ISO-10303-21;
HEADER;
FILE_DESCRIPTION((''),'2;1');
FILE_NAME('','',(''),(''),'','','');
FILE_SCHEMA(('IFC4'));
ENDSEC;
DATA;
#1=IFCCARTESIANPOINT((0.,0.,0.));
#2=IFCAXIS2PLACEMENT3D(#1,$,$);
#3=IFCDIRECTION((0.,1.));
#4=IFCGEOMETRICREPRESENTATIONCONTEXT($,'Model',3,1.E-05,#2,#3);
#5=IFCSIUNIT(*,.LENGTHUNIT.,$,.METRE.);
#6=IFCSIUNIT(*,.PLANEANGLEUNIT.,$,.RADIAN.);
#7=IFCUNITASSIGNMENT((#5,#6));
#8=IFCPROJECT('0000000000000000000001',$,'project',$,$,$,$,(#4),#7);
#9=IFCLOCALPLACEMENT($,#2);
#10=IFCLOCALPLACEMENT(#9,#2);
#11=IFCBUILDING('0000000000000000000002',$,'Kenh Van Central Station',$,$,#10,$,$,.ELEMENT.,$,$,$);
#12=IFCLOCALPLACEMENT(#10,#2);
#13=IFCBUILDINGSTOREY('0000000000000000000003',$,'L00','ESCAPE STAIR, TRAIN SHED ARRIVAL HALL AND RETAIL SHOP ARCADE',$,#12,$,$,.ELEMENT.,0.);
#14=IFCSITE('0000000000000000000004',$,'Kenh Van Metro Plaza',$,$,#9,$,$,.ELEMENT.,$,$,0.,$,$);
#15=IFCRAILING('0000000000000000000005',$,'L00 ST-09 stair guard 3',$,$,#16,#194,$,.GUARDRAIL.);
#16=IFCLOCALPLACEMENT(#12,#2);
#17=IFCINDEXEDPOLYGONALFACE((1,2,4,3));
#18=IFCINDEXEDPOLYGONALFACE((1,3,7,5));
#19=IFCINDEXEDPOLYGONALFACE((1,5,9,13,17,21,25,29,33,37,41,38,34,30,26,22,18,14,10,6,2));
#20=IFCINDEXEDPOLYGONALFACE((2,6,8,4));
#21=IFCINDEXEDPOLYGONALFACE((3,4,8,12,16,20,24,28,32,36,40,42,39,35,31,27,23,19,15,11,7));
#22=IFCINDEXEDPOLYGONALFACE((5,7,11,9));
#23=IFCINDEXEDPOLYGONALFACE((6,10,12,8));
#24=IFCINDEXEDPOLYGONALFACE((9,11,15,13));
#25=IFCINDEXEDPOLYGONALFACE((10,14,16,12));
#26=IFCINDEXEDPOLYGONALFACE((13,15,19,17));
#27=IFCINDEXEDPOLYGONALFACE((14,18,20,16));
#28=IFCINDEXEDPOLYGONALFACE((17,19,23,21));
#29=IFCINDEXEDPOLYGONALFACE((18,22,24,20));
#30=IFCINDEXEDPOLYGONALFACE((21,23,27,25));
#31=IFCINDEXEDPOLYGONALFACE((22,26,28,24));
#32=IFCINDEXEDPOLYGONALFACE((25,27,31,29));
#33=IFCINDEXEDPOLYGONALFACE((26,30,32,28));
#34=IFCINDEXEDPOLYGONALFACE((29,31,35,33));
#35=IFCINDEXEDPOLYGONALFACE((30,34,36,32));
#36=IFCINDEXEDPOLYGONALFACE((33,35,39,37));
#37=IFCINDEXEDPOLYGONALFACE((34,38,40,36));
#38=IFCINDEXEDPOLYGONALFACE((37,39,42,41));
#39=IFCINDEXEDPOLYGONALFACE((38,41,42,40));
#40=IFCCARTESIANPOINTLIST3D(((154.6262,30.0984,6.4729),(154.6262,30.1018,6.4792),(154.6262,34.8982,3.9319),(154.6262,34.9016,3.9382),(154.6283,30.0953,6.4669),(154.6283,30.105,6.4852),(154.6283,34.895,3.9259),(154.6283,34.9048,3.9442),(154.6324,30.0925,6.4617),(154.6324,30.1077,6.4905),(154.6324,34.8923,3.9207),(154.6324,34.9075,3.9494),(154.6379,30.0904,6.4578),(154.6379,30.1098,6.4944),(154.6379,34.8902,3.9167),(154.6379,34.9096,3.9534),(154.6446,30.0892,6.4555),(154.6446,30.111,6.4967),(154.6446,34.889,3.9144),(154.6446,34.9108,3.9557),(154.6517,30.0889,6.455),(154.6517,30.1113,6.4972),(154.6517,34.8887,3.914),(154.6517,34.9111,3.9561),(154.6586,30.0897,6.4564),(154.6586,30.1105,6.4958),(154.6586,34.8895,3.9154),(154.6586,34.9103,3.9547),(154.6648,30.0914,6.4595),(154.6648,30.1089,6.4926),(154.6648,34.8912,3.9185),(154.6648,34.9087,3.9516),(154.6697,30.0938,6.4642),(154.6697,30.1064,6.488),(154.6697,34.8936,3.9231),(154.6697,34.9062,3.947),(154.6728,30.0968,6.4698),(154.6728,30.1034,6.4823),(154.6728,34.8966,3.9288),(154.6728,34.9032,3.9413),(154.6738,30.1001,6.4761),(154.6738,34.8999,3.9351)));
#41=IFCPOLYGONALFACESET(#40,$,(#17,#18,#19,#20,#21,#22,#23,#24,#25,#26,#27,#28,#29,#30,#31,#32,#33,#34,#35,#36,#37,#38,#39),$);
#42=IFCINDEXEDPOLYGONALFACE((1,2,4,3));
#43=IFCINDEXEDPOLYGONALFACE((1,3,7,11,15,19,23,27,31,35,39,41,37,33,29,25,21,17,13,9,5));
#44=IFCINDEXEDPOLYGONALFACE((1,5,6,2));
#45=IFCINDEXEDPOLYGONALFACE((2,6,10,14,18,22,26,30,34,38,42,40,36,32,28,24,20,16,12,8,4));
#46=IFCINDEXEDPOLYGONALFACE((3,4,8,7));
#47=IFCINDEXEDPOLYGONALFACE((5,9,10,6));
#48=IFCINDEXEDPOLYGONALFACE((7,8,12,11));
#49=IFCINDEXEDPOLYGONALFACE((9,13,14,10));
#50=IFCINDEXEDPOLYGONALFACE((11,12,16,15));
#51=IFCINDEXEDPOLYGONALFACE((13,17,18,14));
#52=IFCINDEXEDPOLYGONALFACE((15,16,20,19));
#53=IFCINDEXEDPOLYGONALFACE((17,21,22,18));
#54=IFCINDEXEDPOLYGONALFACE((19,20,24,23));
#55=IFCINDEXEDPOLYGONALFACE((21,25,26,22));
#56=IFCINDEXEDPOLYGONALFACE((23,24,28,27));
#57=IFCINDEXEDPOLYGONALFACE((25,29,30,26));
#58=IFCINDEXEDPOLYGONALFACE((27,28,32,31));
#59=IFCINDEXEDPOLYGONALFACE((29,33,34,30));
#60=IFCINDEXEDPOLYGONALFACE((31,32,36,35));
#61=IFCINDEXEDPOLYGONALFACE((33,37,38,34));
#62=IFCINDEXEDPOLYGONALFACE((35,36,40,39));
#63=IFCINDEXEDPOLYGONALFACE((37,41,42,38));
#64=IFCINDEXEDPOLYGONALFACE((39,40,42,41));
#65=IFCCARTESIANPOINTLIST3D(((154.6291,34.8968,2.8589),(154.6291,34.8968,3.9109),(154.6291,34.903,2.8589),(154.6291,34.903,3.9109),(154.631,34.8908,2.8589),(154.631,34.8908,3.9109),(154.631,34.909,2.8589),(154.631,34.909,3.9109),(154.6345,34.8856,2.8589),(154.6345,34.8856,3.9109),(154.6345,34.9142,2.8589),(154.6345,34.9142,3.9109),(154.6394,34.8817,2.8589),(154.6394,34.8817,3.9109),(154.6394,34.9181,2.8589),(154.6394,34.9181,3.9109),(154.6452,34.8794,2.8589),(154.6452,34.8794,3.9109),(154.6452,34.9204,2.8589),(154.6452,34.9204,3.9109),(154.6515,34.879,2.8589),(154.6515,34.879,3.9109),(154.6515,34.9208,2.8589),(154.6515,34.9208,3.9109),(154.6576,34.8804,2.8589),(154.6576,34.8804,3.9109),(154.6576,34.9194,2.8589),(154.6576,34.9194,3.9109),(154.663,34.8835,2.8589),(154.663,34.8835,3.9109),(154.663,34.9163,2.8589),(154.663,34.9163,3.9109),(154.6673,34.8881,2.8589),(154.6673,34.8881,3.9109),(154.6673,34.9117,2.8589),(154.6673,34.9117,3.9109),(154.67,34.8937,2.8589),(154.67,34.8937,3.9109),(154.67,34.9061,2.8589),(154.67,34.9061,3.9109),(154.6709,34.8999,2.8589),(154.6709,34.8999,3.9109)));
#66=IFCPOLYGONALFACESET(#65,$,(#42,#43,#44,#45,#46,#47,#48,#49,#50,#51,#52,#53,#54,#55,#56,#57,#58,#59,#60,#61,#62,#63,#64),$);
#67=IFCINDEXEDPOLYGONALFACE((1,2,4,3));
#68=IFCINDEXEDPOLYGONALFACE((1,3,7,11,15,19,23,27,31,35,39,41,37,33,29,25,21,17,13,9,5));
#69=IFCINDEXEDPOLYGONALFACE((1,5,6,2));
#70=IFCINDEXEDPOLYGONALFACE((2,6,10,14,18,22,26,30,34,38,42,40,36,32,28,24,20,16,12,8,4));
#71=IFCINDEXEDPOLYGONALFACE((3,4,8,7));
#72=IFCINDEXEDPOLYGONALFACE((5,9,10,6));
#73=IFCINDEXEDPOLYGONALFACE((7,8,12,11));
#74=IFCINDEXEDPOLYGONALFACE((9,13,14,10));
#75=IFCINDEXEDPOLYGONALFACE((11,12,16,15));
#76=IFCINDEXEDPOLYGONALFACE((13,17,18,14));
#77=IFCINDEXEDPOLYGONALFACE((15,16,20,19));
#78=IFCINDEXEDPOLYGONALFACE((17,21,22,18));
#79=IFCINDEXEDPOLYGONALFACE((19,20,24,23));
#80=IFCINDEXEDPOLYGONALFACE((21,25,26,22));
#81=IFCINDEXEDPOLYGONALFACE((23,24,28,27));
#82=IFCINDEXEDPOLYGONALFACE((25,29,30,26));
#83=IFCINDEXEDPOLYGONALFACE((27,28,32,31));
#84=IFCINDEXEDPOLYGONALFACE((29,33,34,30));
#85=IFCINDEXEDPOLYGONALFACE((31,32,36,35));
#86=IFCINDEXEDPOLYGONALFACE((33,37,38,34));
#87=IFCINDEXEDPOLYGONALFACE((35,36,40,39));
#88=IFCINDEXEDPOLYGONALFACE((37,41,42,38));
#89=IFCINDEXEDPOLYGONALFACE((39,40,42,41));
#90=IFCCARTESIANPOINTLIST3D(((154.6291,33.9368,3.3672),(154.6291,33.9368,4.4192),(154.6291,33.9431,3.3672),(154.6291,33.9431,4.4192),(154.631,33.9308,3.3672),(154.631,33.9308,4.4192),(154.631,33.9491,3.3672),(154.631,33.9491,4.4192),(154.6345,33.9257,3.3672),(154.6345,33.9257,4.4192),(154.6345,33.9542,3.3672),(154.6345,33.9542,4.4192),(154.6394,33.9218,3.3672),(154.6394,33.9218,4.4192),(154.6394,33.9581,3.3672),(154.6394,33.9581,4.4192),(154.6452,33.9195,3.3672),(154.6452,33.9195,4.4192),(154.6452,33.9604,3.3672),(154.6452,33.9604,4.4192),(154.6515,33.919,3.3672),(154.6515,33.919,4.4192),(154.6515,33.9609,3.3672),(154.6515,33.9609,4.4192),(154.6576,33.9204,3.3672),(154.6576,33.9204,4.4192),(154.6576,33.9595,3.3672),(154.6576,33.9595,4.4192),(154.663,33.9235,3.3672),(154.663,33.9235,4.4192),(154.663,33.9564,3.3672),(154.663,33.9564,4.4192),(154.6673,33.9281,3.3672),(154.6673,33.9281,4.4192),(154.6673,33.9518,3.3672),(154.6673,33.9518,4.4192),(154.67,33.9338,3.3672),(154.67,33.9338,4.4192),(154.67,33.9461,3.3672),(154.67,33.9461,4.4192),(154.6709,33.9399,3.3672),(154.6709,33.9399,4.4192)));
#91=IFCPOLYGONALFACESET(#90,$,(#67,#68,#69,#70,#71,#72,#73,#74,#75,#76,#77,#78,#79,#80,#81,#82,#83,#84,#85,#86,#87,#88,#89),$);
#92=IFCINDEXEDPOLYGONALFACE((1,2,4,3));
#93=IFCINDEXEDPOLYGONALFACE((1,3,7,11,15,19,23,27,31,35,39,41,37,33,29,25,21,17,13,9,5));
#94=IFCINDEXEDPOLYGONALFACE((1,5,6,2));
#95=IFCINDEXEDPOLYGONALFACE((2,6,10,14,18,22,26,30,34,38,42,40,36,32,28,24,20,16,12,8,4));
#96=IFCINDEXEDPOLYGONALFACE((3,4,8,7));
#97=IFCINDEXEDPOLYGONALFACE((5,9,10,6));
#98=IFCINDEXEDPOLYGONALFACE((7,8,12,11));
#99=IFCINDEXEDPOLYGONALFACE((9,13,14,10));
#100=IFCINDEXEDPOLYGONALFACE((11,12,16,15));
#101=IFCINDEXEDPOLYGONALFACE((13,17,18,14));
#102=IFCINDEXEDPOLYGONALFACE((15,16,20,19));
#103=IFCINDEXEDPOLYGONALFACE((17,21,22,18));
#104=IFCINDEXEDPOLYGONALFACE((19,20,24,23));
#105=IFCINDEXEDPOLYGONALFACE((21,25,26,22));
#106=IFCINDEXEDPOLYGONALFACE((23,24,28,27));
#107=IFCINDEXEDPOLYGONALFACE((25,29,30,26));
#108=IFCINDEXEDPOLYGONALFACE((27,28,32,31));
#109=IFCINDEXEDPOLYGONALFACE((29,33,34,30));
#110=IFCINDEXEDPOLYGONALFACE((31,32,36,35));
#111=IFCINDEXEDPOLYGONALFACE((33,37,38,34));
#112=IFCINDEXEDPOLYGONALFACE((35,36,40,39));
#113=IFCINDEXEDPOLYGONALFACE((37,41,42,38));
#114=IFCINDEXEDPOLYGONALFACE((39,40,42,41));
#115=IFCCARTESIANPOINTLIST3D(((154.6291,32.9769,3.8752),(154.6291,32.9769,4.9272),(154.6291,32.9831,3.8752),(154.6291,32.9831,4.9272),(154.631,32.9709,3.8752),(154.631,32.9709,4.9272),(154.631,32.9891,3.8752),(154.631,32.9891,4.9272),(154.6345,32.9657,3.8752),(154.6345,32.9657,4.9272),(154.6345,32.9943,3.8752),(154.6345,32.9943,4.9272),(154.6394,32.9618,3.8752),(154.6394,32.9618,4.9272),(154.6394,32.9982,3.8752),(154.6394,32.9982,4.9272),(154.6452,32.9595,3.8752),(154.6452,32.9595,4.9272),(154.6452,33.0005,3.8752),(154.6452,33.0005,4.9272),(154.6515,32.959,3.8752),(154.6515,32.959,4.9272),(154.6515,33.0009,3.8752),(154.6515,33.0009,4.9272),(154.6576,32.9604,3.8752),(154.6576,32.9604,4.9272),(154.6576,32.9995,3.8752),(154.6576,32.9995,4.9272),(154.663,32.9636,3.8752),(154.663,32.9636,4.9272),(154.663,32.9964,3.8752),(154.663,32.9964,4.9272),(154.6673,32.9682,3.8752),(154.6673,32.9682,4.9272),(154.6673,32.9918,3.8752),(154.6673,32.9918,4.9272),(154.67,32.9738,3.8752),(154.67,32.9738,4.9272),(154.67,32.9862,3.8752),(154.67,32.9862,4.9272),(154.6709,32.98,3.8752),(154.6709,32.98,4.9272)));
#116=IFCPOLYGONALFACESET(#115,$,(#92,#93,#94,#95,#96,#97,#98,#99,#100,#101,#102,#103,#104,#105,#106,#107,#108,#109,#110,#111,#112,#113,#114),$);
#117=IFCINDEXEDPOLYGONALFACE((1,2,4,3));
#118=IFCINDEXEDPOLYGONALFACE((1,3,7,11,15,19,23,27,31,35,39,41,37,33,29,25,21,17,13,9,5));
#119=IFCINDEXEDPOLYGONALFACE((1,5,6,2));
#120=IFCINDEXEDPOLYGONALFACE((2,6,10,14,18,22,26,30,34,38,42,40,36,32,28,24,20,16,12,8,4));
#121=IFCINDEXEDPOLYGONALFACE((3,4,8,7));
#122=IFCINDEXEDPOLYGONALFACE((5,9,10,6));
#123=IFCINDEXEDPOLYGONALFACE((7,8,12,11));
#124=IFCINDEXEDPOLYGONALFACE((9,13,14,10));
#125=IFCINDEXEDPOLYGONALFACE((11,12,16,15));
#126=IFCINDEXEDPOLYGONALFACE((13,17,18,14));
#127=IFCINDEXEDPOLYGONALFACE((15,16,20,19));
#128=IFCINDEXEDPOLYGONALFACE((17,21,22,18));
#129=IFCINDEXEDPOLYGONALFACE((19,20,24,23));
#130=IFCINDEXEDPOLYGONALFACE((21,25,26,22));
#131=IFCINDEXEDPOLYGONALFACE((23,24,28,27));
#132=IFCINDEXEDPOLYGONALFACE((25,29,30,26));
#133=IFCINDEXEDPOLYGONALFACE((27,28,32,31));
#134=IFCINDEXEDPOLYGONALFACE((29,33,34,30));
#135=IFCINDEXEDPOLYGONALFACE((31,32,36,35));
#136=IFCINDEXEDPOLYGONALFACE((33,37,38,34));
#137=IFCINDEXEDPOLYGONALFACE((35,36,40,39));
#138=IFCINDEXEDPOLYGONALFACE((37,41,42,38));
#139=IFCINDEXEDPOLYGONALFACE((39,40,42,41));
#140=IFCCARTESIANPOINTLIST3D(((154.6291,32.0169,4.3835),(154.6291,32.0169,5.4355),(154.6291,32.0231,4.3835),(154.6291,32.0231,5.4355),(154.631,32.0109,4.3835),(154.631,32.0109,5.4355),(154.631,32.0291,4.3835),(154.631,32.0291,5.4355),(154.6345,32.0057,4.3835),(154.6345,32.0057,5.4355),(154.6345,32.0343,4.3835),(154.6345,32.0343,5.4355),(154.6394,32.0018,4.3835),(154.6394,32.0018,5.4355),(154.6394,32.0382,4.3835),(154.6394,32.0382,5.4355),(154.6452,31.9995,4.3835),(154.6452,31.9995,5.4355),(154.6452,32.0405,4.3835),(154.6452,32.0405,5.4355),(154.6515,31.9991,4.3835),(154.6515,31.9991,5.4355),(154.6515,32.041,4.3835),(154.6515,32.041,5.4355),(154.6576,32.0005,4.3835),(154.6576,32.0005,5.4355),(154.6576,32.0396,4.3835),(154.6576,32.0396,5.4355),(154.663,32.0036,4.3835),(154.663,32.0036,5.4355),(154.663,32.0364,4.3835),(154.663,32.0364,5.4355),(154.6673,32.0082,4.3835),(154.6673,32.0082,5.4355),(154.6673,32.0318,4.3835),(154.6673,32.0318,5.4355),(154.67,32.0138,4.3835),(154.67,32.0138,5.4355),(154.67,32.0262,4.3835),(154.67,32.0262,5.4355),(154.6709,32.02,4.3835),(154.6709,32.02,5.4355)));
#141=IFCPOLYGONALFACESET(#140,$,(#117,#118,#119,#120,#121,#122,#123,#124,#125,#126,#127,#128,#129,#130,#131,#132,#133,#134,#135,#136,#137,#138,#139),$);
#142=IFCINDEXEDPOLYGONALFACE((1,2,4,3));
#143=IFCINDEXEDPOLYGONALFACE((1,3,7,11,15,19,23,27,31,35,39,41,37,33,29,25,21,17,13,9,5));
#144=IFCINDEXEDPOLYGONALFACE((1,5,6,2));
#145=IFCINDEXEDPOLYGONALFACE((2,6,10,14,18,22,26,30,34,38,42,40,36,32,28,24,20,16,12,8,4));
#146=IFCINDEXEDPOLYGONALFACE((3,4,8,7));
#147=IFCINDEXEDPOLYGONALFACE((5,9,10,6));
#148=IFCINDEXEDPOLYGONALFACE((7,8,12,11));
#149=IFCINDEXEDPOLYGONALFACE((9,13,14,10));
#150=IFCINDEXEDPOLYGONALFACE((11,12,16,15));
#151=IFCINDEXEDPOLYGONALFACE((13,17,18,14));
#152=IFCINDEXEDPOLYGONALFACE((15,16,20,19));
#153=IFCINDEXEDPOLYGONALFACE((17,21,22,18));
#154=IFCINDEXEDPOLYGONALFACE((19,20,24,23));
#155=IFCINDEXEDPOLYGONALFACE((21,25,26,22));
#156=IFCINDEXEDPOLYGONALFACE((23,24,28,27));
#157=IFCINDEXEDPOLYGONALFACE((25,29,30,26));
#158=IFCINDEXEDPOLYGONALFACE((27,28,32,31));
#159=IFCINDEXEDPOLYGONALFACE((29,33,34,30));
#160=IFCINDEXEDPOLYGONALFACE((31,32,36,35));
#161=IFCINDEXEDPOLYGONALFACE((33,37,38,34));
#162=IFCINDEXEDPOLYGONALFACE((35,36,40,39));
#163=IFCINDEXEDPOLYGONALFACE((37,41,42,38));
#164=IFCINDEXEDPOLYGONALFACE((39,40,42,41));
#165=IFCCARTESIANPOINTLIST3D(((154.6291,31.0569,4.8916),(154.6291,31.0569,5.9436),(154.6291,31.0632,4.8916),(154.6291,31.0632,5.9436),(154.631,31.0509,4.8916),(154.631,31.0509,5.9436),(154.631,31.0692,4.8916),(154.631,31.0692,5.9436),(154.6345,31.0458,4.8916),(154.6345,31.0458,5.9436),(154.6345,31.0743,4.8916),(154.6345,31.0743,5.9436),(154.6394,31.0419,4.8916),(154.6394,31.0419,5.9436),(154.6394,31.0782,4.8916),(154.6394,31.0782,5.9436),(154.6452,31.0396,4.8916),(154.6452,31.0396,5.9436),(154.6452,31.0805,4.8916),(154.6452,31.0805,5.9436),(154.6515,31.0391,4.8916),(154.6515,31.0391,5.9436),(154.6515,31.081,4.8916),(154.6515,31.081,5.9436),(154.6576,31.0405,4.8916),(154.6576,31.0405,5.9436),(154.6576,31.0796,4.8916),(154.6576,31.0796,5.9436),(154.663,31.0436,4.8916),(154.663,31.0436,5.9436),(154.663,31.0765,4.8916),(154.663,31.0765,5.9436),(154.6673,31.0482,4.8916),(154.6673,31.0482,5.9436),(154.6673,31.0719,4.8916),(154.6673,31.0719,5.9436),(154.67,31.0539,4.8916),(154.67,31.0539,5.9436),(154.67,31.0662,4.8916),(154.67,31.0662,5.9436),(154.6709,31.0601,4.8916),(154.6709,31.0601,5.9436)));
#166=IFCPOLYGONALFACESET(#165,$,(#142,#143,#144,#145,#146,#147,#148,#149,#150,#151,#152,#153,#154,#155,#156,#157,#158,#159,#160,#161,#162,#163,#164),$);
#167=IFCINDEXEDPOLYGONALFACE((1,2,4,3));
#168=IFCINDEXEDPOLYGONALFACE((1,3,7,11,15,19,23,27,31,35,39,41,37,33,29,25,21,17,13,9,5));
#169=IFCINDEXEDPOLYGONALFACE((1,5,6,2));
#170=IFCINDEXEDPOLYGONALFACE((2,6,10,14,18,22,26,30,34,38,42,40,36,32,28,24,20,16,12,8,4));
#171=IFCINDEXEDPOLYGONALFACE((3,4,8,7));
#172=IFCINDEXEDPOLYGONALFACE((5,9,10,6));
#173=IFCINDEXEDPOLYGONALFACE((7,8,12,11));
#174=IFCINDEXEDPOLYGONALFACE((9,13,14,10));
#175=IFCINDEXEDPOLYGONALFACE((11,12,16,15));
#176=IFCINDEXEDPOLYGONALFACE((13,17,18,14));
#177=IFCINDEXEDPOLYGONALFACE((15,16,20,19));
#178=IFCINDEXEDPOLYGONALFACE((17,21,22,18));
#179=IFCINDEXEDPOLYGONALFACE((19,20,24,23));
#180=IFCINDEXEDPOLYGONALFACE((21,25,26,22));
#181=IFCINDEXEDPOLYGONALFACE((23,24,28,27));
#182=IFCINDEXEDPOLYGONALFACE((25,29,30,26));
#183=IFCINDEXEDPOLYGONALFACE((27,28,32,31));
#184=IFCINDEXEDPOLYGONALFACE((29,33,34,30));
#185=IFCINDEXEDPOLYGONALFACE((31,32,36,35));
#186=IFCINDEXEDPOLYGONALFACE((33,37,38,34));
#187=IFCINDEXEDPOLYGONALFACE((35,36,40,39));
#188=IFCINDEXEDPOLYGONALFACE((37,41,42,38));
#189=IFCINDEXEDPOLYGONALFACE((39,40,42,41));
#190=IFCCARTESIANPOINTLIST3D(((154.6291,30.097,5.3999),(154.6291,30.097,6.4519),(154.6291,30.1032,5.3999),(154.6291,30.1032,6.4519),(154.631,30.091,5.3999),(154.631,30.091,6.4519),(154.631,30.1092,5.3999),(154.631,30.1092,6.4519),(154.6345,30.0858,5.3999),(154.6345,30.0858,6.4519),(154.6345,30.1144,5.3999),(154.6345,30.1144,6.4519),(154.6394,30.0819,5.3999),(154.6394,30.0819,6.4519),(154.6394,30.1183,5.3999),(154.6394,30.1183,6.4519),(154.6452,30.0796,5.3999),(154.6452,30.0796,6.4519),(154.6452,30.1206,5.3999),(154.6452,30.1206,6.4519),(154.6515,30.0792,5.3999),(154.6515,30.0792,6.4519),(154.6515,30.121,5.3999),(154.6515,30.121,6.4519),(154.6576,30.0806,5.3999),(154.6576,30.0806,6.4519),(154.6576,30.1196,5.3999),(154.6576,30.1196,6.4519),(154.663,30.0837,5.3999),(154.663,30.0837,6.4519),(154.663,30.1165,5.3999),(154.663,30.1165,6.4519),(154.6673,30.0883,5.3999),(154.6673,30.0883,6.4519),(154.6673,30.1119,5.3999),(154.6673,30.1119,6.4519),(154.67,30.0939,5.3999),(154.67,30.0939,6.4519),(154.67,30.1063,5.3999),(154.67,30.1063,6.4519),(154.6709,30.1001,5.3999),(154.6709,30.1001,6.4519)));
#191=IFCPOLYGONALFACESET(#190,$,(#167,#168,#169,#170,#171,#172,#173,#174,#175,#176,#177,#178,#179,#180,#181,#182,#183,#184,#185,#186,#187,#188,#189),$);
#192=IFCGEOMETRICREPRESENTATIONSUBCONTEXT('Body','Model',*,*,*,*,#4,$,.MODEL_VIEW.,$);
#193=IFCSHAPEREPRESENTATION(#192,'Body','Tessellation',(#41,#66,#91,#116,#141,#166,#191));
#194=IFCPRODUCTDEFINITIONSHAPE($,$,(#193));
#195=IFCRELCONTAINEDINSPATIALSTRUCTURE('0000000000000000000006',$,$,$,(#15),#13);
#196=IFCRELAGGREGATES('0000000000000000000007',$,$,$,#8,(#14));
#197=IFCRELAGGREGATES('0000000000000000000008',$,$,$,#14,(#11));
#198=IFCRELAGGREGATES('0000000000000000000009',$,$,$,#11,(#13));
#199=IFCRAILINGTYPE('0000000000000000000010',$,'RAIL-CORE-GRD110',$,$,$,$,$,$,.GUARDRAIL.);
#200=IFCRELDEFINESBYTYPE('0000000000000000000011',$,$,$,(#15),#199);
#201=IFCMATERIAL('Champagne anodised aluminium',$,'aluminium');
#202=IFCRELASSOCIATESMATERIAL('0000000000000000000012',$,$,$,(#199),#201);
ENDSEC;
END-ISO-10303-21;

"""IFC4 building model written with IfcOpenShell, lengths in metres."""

from ifc_helpers import new_model, si_unit, direction, frame, origin, origin_2d, place, context, subcontext, project, spatial, circle, extrude, material, type_object, element, save


model = new_model("IFC4")

# Units and contexts
model_context = context("Model", 3, precision=1e-05, world=origin(), true_north=direction((0.0, 1.0)))
body_context = subcontext(model_context, "Body", "Model", "MODEL_VIEW")
ifc_project = project(units=[si_unit("LENGTHUNIT", "METRE"), si_unit("PLANEANGLEUNIT", "RADIAN")], contexts=[model_context])

# Site, building, storey
site_placement = place(None, origin())
site = spatial("IfcSite", under=ifc_project, at=site_placement, Name="Kenh Van Metro Plaza", CompositionType="ELEMENT", RefElevation=0.0)
building_placement = place(site_placement, origin())
building = spatial("IfcBuilding", under=site, at=building_placement, Name="Kenh Van Central Station", CompositionType="ELEMENT")
storey_placement = place(building_placement, origin())
storey = spatial("IfcBuildingStorey", under=building, at=storey_placement, Name="L00", Description="ESCAPE STAIR, TRAIN SHED ARRIVAL HALL AND RETAIL SHOP ARCADE", CompositionType="ELEMENT", Elevation=0.0)

# Shared definitions
ifc_material_1 = material(Name="Champagne anodised aluminium", Category="aluminium")

# Railing
railing_type_1 = type_object("IfcRailingType", Name="RAIL-CORE-GRD110", PredefinedType="GUARDRAIL", material=ifc_material_1)
railing_1_placement = place(storey_placement, frame((154.6499, 34.8999, 2.8589)))
element("IfcRailing", 1, at=railing_1_placement, inside=storey, type_object=railing_type_1, Name="L00 ST-09 stair guard 3", PredefinedType="GUARDRAIL", context=body_context, shape_type="SweptSolid", body=[
    extrude(circle(Radius=0.0239, at=origin_2d()), frame((0.0, 0.0, 1.0762), z_axis=(0.0, -0.883792, 0.467879), x_axis=(1.0, 0.0, 0.0)), (0.0, 0.0, 1.0), 5.4309),
    extrude(circle(Radius=0.021, at=origin_2d()), origin(), (0.0, 0.0, 1.0), 1.052),
    extrude(circle(Radius=0.021, at=origin_2d()), frame((0.0, -0.96, 0.5083)), (0.0, 0.0, 1.0), 1.052),
    extrude(circle(Radius=0.021, at=origin_2d()), frame((0.0, -1.9199, 1.0164)), (0.0, 0.0, 1.0), 1.052),
    extrude(circle(Radius=0.021, at=origin_2d()), frame((0.0, -2.8799, 1.5247)), (0.0, 0.0, 1.0), 1.052),
    extrude(circle(Radius=0.021, at=origin_2d()), frame((0.0, -3.8398, 2.0327)), (0.0, 0.0, 1.0), 1.052),
    extrude(circle(Radius=0.021, at=origin_2d()), frame((0.0, -4.7998, 2.541)), (0.0, 0.0, 1.0), 1.052),
])

save(model, "model.ifc")
